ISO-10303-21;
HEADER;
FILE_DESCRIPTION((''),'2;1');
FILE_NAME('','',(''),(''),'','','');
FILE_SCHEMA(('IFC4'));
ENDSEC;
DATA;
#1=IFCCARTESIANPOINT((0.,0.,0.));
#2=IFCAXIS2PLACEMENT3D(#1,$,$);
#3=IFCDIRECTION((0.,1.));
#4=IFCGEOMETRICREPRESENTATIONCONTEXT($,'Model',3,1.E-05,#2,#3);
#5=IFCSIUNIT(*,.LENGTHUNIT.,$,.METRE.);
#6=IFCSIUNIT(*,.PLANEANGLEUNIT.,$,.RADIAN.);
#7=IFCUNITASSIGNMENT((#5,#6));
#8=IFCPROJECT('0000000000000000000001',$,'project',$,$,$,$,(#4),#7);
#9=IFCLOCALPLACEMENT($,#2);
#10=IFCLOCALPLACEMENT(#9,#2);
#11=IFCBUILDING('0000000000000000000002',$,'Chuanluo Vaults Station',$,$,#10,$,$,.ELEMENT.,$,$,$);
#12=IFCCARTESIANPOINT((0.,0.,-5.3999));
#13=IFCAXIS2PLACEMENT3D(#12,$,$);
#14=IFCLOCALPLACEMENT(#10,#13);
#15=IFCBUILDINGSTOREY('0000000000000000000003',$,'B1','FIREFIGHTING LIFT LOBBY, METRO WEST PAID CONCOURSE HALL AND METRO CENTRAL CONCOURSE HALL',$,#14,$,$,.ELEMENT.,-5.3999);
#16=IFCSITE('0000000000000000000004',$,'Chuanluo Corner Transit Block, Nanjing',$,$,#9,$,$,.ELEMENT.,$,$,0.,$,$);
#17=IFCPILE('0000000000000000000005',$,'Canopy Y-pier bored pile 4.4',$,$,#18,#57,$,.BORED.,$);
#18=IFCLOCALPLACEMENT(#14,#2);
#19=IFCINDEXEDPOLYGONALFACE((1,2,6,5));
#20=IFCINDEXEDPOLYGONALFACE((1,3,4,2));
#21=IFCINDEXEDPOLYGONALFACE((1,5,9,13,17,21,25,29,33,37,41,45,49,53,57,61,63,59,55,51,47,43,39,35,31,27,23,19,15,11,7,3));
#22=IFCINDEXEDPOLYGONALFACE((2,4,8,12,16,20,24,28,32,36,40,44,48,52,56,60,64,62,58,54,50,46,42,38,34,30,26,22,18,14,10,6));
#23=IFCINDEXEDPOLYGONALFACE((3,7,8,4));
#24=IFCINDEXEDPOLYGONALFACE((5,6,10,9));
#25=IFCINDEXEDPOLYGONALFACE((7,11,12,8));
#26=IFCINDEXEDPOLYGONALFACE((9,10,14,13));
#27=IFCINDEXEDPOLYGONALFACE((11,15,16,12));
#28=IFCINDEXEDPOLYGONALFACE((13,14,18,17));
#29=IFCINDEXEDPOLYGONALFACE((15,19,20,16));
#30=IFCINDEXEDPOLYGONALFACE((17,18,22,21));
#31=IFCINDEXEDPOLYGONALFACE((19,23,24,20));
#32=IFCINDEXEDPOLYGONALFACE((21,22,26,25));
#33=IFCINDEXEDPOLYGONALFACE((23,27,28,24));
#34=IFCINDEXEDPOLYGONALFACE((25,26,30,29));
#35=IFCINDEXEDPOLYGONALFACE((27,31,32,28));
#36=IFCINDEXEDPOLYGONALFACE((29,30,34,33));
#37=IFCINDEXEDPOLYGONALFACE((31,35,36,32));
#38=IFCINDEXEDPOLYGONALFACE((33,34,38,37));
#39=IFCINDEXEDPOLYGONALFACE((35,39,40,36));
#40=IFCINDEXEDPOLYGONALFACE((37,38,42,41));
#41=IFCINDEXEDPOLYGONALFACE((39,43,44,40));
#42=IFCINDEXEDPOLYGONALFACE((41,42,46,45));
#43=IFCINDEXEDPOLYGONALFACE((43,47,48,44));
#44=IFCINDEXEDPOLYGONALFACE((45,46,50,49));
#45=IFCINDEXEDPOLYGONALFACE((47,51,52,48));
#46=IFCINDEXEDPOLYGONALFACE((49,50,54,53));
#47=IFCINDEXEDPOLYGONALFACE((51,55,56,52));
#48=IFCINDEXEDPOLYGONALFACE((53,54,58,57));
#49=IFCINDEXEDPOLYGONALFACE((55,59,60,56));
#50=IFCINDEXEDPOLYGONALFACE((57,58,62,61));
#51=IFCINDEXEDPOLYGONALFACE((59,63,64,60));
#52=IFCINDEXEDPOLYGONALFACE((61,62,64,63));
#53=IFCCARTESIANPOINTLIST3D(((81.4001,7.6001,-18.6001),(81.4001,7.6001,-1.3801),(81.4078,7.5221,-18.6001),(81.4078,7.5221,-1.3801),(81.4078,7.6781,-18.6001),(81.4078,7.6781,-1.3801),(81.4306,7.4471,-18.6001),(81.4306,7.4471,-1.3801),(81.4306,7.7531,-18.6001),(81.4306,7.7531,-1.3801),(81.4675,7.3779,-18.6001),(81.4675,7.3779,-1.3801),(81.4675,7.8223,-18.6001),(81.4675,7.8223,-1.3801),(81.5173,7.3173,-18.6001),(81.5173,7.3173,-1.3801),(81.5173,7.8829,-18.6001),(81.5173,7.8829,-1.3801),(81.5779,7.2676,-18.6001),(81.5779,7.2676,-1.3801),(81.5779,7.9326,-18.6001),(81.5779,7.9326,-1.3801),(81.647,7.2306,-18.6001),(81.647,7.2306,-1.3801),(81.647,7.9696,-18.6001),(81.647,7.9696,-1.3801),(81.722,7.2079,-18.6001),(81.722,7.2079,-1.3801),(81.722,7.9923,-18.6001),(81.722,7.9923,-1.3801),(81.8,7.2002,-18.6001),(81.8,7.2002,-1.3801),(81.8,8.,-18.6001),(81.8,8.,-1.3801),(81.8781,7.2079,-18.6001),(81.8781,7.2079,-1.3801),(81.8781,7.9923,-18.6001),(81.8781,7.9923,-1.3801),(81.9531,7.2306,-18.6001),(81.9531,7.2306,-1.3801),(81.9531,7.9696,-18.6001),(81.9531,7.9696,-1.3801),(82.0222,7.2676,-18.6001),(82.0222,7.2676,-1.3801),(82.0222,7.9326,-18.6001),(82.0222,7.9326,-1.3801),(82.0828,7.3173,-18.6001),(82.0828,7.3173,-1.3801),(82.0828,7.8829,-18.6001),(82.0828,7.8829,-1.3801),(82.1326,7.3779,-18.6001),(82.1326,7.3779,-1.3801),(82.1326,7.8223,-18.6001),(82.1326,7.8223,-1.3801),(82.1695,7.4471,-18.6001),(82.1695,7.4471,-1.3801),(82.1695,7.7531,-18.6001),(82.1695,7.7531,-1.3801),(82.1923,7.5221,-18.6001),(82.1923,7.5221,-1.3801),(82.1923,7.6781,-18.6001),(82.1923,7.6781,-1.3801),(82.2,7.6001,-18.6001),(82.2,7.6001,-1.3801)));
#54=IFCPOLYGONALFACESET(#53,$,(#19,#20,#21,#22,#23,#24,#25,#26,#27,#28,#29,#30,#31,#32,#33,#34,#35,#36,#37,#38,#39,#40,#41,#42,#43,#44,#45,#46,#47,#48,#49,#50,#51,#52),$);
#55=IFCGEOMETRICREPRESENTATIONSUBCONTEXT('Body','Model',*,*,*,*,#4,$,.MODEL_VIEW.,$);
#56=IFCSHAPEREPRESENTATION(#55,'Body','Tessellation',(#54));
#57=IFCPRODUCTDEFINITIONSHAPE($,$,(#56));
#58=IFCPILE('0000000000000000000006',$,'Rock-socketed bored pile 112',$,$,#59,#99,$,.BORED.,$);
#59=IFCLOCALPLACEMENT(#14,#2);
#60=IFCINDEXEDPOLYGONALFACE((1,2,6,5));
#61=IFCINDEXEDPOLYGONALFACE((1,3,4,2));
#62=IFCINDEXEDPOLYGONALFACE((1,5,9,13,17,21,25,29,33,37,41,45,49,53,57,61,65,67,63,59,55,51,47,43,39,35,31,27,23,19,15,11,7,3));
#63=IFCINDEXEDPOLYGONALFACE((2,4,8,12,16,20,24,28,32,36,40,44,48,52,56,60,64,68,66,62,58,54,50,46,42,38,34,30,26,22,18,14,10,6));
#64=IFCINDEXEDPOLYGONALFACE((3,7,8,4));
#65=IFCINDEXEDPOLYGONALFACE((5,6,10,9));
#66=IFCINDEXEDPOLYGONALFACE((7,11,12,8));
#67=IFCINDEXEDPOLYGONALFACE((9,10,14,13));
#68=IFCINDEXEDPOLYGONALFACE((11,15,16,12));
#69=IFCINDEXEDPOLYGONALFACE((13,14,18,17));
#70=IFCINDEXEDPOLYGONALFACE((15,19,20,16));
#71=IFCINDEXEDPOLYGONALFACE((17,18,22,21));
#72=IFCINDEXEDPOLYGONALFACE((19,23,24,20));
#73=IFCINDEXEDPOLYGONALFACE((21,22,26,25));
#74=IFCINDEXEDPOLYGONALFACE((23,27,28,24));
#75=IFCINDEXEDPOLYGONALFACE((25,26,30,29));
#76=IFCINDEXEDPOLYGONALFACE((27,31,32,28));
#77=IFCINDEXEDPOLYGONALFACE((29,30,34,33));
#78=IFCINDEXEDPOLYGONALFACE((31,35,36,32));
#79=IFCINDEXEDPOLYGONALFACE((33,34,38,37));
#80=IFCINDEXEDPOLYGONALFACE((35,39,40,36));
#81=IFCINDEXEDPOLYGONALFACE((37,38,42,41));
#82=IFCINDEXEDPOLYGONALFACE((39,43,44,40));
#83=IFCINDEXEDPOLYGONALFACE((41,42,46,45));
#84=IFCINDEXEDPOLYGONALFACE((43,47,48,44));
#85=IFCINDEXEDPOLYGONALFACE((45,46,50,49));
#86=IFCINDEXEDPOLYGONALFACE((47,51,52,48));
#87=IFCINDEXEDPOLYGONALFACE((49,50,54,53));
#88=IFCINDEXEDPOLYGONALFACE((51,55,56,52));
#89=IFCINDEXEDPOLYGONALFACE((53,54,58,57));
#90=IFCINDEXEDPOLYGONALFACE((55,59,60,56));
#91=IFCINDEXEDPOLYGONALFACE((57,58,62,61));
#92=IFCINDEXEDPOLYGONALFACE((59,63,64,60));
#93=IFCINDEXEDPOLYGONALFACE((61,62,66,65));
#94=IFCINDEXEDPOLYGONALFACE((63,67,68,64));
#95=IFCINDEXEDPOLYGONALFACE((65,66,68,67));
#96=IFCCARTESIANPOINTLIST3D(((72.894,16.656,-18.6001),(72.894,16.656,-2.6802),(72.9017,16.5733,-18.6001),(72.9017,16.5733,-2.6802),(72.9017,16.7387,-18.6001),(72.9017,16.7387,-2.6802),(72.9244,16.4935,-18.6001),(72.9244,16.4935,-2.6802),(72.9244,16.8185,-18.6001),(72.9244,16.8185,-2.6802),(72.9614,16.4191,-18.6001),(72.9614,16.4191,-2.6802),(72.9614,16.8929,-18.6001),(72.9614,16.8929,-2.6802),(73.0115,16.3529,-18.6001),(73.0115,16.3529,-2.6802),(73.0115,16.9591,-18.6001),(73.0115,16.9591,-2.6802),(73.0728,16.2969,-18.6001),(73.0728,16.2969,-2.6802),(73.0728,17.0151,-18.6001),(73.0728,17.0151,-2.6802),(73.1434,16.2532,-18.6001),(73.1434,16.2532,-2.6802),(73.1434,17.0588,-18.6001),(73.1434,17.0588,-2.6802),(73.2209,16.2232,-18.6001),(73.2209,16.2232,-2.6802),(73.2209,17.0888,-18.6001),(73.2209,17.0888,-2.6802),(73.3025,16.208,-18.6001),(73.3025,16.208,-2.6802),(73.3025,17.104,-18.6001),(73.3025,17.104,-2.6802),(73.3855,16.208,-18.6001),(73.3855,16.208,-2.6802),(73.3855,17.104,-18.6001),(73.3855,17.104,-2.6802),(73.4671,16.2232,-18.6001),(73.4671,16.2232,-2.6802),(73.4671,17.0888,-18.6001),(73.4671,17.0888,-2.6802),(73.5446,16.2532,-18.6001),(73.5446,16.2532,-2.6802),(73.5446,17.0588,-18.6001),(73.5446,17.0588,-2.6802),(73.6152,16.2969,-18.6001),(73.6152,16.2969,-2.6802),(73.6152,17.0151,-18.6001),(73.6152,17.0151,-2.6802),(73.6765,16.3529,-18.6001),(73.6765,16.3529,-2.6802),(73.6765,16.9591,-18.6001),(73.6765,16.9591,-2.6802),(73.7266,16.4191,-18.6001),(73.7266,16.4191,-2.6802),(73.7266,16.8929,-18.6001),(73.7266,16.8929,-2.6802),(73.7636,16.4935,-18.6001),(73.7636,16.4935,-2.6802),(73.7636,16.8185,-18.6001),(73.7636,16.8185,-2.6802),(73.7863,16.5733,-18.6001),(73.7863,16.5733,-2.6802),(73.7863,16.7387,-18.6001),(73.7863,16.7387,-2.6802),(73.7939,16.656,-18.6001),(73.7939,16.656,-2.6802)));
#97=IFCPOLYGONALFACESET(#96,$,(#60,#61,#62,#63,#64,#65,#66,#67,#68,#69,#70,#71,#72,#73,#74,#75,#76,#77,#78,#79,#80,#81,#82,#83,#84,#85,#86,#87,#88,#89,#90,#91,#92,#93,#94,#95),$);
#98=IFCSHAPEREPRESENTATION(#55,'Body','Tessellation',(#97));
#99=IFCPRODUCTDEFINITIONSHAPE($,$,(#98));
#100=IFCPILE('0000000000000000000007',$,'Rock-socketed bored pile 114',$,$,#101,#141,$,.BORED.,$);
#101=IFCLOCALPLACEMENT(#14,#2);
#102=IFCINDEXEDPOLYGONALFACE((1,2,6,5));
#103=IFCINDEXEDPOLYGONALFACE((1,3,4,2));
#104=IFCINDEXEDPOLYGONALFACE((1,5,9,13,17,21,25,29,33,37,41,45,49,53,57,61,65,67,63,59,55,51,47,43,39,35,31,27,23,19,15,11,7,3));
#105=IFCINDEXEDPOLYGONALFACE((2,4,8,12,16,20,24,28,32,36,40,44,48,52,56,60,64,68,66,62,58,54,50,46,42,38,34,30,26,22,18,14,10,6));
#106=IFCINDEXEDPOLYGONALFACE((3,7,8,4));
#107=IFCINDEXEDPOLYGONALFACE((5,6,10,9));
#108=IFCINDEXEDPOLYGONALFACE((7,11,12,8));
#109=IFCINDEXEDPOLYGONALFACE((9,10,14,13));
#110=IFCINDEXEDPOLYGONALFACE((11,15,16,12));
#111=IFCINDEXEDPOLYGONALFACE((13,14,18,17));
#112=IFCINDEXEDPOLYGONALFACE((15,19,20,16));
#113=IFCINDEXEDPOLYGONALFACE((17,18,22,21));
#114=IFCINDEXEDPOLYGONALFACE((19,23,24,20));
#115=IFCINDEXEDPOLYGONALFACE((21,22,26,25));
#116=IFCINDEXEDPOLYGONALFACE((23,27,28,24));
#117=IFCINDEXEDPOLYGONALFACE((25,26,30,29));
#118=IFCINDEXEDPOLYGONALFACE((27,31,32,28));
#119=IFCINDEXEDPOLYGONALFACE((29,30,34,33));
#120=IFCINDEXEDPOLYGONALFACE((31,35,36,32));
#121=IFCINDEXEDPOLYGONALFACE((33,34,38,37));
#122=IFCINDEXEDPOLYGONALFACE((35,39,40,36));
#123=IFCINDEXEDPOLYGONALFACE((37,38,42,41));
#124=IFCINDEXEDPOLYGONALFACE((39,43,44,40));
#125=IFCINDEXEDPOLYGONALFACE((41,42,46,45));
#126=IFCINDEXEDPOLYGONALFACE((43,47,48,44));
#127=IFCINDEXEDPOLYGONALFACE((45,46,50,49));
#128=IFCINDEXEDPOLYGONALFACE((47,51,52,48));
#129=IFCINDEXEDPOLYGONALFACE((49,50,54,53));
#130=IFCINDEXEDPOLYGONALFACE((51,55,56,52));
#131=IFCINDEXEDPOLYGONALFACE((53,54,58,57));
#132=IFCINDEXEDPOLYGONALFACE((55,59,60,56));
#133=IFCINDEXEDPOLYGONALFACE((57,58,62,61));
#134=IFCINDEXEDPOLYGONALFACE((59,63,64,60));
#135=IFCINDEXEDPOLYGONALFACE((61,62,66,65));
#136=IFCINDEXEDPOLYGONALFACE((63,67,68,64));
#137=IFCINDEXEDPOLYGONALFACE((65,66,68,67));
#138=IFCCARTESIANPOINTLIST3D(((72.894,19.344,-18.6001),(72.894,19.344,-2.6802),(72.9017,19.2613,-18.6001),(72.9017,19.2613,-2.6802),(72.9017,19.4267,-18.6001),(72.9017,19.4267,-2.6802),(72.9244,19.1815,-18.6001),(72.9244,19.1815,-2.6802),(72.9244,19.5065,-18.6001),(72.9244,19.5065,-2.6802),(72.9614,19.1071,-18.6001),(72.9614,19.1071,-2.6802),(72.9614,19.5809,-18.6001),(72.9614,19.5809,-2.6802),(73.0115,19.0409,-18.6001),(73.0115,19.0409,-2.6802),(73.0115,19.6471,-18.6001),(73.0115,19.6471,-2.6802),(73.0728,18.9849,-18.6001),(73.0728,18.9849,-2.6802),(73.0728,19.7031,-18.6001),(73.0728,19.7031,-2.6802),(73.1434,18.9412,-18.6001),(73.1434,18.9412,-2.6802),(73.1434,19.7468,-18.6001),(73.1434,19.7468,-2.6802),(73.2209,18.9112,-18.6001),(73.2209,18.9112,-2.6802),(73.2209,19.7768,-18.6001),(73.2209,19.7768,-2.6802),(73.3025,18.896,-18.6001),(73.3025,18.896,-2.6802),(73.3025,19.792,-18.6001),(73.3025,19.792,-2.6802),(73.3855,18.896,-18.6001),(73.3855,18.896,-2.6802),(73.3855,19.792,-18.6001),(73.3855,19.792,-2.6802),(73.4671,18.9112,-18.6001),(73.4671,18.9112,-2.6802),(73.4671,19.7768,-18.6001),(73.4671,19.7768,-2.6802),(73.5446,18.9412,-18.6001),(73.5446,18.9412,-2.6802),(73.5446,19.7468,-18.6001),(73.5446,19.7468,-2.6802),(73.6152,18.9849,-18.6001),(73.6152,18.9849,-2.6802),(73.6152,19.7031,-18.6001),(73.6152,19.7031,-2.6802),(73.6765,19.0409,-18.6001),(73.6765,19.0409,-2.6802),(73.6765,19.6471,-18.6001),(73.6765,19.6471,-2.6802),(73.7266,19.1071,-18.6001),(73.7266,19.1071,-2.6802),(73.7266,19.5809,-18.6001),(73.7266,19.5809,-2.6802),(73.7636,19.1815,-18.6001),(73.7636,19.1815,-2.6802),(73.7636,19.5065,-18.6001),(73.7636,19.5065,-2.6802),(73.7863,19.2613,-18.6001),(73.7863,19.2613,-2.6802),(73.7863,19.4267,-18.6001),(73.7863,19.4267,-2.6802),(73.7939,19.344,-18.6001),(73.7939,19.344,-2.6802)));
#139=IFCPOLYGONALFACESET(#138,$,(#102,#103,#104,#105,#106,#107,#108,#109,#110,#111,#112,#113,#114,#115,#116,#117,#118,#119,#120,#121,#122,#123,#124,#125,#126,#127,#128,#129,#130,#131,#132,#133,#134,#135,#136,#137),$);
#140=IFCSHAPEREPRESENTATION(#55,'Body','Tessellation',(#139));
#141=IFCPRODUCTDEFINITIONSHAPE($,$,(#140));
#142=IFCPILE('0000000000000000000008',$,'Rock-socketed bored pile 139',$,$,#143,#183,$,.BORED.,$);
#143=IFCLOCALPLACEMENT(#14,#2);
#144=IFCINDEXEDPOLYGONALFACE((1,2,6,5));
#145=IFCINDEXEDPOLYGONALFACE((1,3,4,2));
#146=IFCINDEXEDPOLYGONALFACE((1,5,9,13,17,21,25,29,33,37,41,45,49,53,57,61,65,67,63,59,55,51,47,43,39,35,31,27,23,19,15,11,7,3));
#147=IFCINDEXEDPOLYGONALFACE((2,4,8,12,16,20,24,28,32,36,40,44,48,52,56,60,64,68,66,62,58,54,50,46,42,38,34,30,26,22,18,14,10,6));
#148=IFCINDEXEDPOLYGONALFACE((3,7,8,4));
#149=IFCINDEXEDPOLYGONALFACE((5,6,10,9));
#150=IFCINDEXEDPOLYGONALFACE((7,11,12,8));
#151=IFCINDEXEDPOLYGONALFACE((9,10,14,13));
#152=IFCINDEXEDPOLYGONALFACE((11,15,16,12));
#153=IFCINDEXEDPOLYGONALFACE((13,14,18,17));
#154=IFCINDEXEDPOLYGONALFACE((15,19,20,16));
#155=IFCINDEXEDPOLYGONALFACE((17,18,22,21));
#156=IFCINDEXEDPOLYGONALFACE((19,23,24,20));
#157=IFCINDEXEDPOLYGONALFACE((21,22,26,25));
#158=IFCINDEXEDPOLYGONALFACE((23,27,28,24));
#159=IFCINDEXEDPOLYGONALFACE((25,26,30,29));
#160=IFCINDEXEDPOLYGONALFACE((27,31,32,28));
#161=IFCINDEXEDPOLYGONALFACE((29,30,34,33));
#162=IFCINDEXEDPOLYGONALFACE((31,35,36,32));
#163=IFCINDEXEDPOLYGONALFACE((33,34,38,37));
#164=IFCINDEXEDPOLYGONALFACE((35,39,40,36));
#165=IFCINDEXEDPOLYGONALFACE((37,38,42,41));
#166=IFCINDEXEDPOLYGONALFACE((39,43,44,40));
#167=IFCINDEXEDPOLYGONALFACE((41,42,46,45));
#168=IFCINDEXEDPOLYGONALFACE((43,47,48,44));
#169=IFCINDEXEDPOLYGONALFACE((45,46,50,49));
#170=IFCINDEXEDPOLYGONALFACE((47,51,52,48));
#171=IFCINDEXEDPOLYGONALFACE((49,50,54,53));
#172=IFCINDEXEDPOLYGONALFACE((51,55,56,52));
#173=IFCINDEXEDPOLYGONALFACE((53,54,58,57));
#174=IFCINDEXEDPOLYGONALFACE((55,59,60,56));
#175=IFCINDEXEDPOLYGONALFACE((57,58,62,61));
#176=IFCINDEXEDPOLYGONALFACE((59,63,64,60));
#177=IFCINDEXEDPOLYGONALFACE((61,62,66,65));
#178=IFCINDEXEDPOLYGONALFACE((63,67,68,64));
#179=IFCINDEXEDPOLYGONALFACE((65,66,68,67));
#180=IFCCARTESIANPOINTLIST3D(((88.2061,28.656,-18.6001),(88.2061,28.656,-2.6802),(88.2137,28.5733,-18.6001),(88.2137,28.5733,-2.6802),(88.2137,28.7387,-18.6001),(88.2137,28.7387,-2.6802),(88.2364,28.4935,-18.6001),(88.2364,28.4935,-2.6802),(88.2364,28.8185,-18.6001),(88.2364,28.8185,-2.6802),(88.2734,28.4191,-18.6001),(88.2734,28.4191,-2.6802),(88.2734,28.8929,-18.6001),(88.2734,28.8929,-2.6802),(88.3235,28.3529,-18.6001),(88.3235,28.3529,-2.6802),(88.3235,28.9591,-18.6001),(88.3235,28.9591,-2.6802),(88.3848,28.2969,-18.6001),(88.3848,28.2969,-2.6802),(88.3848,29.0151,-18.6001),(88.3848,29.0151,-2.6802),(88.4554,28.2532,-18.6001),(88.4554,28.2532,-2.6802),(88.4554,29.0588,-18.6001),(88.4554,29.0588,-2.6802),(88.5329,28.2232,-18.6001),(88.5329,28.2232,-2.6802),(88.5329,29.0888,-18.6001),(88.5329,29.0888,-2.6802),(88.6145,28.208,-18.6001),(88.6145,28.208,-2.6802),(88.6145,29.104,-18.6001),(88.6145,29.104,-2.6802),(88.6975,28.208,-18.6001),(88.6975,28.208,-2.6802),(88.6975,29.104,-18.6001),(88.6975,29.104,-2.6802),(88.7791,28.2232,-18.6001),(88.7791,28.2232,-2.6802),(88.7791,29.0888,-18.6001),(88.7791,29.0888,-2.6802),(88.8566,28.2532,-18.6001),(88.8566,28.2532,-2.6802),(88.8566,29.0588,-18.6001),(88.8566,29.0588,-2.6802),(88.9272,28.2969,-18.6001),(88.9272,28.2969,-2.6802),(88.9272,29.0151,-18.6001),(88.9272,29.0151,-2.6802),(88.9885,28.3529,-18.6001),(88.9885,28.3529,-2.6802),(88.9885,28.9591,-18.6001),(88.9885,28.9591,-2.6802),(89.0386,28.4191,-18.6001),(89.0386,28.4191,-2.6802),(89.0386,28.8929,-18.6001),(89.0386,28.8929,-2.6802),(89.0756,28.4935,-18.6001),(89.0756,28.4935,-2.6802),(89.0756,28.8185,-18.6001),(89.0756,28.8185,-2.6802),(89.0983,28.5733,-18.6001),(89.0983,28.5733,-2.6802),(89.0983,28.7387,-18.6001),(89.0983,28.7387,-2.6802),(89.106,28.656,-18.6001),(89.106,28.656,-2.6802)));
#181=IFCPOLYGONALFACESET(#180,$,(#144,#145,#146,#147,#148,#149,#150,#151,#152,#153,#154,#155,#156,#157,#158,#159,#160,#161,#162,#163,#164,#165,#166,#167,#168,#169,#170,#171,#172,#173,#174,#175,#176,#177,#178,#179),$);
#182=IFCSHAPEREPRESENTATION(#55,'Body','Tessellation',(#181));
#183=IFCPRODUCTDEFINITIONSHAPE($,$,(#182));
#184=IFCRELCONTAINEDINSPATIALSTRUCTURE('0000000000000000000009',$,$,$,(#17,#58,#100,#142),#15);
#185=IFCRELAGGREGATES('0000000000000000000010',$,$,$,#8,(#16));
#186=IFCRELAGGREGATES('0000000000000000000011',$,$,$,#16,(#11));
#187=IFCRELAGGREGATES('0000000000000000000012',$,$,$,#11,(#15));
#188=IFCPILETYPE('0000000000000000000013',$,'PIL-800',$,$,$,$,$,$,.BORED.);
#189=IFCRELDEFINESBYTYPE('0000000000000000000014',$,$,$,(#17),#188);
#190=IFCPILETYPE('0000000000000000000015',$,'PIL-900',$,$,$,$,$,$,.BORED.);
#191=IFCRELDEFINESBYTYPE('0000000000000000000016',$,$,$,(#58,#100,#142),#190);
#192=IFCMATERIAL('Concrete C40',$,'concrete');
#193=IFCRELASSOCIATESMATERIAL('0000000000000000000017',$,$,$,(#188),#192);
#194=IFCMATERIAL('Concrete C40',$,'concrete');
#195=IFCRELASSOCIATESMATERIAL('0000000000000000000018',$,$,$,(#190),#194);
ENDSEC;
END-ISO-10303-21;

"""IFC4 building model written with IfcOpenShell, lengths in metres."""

from ifc_helpers import new_model, si_unit, direction, frame, origin, origin_2d, place, context, subcontext, project, spatial, circle, extrude, material, material_profile, profile_set, type_object, element, save


model = new_model("IFC4")

# Units and contexts
model_context = context("Model", 3, precision=1e-05, world=origin(), true_north=direction((0.0, 1.0)))
body_context = subcontext(model_context, "Body", "Model", "MODEL_VIEW")
ifc_project = project(units=[si_unit("LENGTHUNIT", "METRE"), si_unit("PLANEANGLEUNIT", "RADIAN")], contexts=[model_context])

# Site, building, storey
site_placement = place(None, origin())
site = spatial("IfcSite", under=ifc_project, at=site_placement, Name="Chuanluo Corner Transit Block, Nanjing", CompositionType="ELEMENT", RefElevation=0.0)
building_placement = place(site_placement, origin())
building = spatial("IfcBuilding", under=site, at=building_placement, Name="Chuanluo Vaults Station", CompositionType="ELEMENT")
storey_placement = place(building_placement, frame((0.0, 0.0, -5.3999)))
storey = spatial("IfcBuildingStorey", under=building, at=storey_placement, Name="B1", Description="FIREFIGHTING LIFT LOBBY, METRO WEST PAID CONCOURSE HALL AND METRO CENTRAL CONCOURSE HALL", CompositionType="ELEMENT", Elevation=-5.3999)

# Piles
ifc_material_1 = material(Name="Concrete C40", Category="concrete")
ifc_material_profile_1 = material_profile(ifc_material_1, circle(Radius=0.3999, at=origin_2d()))
ifc_profile_set_1 = profile_set([ifc_material_profile_1], Name="Concrete C40")
pile_type_1 = type_object("IfcPileType", Name="PIL-800", PredefinedType="BORED", material=ifc_profile_set_1)
for number, where, z_axis, x_axis, name in (
    (1, (81.8, 7.6001, -1.3801), (0.0, 0.0, -1.0), (1.0, 0.0, 0.0), "Canopy Y-pier bored pile 4.4"),
):
    element("IfcPile", number, at=place(storey_placement, frame(where, z_axis=z_axis, x_axis=x_axis)), inside=storey, type_object=pile_type_1, Name=name, PredefinedType="BORED", context=body_context, shape_type="SweptSolid", body=[
        extrude(circle(Radius=0.3999, at=origin_2d()), origin(), (0.0, 0.0, 1.0), 17.22),
    ])
ifc_material_2 = material(Name="Concrete C40", Category="concrete")
ifc_material_profile_2 = material_profile(ifc_material_2, circle(Radius=0.45, at=origin_2d()))
ifc_profile_set_2 = profile_set([ifc_material_profile_2], Name="Concrete C40")
pile_type_2 = type_object("IfcPileType", Name="PIL-900", PredefinedType="BORED", material=ifc_profile_set_2)
for number, where, z_axis, x_axis, name in (
    (2, (73.344, 16.656, -2.6802), (0.0, 0.0, -1.0), (1.0, 0.0, 0.0), "Rock-socketed bored pile 112"),
    (3, (73.344, 19.344, -2.6802), (0.0, 0.0, -1.0), (1.0, 0.0, 0.0), "Rock-socketed bored pile 114"),
    (4, (88.656, 28.656, -2.6802), (0.0, 0.0, -1.0), (1.0, 0.0, 0.0), "Rock-socketed bored pile 139"),
):
    element("IfcPile", number, at=place(storey_placement, frame(where, z_axis=z_axis, x_axis=x_axis)), inside=storey, type_object=pile_type_2, Name=name, PredefinedType="BORED", context=body_context, shape_type="SweptSolid", body=[
        extrude(circle(Radius=0.45, at=origin_2d()), origin(), (0.0, 0.0, 1.0), 15.9199),
    ])

save(model, "model.ifc")
